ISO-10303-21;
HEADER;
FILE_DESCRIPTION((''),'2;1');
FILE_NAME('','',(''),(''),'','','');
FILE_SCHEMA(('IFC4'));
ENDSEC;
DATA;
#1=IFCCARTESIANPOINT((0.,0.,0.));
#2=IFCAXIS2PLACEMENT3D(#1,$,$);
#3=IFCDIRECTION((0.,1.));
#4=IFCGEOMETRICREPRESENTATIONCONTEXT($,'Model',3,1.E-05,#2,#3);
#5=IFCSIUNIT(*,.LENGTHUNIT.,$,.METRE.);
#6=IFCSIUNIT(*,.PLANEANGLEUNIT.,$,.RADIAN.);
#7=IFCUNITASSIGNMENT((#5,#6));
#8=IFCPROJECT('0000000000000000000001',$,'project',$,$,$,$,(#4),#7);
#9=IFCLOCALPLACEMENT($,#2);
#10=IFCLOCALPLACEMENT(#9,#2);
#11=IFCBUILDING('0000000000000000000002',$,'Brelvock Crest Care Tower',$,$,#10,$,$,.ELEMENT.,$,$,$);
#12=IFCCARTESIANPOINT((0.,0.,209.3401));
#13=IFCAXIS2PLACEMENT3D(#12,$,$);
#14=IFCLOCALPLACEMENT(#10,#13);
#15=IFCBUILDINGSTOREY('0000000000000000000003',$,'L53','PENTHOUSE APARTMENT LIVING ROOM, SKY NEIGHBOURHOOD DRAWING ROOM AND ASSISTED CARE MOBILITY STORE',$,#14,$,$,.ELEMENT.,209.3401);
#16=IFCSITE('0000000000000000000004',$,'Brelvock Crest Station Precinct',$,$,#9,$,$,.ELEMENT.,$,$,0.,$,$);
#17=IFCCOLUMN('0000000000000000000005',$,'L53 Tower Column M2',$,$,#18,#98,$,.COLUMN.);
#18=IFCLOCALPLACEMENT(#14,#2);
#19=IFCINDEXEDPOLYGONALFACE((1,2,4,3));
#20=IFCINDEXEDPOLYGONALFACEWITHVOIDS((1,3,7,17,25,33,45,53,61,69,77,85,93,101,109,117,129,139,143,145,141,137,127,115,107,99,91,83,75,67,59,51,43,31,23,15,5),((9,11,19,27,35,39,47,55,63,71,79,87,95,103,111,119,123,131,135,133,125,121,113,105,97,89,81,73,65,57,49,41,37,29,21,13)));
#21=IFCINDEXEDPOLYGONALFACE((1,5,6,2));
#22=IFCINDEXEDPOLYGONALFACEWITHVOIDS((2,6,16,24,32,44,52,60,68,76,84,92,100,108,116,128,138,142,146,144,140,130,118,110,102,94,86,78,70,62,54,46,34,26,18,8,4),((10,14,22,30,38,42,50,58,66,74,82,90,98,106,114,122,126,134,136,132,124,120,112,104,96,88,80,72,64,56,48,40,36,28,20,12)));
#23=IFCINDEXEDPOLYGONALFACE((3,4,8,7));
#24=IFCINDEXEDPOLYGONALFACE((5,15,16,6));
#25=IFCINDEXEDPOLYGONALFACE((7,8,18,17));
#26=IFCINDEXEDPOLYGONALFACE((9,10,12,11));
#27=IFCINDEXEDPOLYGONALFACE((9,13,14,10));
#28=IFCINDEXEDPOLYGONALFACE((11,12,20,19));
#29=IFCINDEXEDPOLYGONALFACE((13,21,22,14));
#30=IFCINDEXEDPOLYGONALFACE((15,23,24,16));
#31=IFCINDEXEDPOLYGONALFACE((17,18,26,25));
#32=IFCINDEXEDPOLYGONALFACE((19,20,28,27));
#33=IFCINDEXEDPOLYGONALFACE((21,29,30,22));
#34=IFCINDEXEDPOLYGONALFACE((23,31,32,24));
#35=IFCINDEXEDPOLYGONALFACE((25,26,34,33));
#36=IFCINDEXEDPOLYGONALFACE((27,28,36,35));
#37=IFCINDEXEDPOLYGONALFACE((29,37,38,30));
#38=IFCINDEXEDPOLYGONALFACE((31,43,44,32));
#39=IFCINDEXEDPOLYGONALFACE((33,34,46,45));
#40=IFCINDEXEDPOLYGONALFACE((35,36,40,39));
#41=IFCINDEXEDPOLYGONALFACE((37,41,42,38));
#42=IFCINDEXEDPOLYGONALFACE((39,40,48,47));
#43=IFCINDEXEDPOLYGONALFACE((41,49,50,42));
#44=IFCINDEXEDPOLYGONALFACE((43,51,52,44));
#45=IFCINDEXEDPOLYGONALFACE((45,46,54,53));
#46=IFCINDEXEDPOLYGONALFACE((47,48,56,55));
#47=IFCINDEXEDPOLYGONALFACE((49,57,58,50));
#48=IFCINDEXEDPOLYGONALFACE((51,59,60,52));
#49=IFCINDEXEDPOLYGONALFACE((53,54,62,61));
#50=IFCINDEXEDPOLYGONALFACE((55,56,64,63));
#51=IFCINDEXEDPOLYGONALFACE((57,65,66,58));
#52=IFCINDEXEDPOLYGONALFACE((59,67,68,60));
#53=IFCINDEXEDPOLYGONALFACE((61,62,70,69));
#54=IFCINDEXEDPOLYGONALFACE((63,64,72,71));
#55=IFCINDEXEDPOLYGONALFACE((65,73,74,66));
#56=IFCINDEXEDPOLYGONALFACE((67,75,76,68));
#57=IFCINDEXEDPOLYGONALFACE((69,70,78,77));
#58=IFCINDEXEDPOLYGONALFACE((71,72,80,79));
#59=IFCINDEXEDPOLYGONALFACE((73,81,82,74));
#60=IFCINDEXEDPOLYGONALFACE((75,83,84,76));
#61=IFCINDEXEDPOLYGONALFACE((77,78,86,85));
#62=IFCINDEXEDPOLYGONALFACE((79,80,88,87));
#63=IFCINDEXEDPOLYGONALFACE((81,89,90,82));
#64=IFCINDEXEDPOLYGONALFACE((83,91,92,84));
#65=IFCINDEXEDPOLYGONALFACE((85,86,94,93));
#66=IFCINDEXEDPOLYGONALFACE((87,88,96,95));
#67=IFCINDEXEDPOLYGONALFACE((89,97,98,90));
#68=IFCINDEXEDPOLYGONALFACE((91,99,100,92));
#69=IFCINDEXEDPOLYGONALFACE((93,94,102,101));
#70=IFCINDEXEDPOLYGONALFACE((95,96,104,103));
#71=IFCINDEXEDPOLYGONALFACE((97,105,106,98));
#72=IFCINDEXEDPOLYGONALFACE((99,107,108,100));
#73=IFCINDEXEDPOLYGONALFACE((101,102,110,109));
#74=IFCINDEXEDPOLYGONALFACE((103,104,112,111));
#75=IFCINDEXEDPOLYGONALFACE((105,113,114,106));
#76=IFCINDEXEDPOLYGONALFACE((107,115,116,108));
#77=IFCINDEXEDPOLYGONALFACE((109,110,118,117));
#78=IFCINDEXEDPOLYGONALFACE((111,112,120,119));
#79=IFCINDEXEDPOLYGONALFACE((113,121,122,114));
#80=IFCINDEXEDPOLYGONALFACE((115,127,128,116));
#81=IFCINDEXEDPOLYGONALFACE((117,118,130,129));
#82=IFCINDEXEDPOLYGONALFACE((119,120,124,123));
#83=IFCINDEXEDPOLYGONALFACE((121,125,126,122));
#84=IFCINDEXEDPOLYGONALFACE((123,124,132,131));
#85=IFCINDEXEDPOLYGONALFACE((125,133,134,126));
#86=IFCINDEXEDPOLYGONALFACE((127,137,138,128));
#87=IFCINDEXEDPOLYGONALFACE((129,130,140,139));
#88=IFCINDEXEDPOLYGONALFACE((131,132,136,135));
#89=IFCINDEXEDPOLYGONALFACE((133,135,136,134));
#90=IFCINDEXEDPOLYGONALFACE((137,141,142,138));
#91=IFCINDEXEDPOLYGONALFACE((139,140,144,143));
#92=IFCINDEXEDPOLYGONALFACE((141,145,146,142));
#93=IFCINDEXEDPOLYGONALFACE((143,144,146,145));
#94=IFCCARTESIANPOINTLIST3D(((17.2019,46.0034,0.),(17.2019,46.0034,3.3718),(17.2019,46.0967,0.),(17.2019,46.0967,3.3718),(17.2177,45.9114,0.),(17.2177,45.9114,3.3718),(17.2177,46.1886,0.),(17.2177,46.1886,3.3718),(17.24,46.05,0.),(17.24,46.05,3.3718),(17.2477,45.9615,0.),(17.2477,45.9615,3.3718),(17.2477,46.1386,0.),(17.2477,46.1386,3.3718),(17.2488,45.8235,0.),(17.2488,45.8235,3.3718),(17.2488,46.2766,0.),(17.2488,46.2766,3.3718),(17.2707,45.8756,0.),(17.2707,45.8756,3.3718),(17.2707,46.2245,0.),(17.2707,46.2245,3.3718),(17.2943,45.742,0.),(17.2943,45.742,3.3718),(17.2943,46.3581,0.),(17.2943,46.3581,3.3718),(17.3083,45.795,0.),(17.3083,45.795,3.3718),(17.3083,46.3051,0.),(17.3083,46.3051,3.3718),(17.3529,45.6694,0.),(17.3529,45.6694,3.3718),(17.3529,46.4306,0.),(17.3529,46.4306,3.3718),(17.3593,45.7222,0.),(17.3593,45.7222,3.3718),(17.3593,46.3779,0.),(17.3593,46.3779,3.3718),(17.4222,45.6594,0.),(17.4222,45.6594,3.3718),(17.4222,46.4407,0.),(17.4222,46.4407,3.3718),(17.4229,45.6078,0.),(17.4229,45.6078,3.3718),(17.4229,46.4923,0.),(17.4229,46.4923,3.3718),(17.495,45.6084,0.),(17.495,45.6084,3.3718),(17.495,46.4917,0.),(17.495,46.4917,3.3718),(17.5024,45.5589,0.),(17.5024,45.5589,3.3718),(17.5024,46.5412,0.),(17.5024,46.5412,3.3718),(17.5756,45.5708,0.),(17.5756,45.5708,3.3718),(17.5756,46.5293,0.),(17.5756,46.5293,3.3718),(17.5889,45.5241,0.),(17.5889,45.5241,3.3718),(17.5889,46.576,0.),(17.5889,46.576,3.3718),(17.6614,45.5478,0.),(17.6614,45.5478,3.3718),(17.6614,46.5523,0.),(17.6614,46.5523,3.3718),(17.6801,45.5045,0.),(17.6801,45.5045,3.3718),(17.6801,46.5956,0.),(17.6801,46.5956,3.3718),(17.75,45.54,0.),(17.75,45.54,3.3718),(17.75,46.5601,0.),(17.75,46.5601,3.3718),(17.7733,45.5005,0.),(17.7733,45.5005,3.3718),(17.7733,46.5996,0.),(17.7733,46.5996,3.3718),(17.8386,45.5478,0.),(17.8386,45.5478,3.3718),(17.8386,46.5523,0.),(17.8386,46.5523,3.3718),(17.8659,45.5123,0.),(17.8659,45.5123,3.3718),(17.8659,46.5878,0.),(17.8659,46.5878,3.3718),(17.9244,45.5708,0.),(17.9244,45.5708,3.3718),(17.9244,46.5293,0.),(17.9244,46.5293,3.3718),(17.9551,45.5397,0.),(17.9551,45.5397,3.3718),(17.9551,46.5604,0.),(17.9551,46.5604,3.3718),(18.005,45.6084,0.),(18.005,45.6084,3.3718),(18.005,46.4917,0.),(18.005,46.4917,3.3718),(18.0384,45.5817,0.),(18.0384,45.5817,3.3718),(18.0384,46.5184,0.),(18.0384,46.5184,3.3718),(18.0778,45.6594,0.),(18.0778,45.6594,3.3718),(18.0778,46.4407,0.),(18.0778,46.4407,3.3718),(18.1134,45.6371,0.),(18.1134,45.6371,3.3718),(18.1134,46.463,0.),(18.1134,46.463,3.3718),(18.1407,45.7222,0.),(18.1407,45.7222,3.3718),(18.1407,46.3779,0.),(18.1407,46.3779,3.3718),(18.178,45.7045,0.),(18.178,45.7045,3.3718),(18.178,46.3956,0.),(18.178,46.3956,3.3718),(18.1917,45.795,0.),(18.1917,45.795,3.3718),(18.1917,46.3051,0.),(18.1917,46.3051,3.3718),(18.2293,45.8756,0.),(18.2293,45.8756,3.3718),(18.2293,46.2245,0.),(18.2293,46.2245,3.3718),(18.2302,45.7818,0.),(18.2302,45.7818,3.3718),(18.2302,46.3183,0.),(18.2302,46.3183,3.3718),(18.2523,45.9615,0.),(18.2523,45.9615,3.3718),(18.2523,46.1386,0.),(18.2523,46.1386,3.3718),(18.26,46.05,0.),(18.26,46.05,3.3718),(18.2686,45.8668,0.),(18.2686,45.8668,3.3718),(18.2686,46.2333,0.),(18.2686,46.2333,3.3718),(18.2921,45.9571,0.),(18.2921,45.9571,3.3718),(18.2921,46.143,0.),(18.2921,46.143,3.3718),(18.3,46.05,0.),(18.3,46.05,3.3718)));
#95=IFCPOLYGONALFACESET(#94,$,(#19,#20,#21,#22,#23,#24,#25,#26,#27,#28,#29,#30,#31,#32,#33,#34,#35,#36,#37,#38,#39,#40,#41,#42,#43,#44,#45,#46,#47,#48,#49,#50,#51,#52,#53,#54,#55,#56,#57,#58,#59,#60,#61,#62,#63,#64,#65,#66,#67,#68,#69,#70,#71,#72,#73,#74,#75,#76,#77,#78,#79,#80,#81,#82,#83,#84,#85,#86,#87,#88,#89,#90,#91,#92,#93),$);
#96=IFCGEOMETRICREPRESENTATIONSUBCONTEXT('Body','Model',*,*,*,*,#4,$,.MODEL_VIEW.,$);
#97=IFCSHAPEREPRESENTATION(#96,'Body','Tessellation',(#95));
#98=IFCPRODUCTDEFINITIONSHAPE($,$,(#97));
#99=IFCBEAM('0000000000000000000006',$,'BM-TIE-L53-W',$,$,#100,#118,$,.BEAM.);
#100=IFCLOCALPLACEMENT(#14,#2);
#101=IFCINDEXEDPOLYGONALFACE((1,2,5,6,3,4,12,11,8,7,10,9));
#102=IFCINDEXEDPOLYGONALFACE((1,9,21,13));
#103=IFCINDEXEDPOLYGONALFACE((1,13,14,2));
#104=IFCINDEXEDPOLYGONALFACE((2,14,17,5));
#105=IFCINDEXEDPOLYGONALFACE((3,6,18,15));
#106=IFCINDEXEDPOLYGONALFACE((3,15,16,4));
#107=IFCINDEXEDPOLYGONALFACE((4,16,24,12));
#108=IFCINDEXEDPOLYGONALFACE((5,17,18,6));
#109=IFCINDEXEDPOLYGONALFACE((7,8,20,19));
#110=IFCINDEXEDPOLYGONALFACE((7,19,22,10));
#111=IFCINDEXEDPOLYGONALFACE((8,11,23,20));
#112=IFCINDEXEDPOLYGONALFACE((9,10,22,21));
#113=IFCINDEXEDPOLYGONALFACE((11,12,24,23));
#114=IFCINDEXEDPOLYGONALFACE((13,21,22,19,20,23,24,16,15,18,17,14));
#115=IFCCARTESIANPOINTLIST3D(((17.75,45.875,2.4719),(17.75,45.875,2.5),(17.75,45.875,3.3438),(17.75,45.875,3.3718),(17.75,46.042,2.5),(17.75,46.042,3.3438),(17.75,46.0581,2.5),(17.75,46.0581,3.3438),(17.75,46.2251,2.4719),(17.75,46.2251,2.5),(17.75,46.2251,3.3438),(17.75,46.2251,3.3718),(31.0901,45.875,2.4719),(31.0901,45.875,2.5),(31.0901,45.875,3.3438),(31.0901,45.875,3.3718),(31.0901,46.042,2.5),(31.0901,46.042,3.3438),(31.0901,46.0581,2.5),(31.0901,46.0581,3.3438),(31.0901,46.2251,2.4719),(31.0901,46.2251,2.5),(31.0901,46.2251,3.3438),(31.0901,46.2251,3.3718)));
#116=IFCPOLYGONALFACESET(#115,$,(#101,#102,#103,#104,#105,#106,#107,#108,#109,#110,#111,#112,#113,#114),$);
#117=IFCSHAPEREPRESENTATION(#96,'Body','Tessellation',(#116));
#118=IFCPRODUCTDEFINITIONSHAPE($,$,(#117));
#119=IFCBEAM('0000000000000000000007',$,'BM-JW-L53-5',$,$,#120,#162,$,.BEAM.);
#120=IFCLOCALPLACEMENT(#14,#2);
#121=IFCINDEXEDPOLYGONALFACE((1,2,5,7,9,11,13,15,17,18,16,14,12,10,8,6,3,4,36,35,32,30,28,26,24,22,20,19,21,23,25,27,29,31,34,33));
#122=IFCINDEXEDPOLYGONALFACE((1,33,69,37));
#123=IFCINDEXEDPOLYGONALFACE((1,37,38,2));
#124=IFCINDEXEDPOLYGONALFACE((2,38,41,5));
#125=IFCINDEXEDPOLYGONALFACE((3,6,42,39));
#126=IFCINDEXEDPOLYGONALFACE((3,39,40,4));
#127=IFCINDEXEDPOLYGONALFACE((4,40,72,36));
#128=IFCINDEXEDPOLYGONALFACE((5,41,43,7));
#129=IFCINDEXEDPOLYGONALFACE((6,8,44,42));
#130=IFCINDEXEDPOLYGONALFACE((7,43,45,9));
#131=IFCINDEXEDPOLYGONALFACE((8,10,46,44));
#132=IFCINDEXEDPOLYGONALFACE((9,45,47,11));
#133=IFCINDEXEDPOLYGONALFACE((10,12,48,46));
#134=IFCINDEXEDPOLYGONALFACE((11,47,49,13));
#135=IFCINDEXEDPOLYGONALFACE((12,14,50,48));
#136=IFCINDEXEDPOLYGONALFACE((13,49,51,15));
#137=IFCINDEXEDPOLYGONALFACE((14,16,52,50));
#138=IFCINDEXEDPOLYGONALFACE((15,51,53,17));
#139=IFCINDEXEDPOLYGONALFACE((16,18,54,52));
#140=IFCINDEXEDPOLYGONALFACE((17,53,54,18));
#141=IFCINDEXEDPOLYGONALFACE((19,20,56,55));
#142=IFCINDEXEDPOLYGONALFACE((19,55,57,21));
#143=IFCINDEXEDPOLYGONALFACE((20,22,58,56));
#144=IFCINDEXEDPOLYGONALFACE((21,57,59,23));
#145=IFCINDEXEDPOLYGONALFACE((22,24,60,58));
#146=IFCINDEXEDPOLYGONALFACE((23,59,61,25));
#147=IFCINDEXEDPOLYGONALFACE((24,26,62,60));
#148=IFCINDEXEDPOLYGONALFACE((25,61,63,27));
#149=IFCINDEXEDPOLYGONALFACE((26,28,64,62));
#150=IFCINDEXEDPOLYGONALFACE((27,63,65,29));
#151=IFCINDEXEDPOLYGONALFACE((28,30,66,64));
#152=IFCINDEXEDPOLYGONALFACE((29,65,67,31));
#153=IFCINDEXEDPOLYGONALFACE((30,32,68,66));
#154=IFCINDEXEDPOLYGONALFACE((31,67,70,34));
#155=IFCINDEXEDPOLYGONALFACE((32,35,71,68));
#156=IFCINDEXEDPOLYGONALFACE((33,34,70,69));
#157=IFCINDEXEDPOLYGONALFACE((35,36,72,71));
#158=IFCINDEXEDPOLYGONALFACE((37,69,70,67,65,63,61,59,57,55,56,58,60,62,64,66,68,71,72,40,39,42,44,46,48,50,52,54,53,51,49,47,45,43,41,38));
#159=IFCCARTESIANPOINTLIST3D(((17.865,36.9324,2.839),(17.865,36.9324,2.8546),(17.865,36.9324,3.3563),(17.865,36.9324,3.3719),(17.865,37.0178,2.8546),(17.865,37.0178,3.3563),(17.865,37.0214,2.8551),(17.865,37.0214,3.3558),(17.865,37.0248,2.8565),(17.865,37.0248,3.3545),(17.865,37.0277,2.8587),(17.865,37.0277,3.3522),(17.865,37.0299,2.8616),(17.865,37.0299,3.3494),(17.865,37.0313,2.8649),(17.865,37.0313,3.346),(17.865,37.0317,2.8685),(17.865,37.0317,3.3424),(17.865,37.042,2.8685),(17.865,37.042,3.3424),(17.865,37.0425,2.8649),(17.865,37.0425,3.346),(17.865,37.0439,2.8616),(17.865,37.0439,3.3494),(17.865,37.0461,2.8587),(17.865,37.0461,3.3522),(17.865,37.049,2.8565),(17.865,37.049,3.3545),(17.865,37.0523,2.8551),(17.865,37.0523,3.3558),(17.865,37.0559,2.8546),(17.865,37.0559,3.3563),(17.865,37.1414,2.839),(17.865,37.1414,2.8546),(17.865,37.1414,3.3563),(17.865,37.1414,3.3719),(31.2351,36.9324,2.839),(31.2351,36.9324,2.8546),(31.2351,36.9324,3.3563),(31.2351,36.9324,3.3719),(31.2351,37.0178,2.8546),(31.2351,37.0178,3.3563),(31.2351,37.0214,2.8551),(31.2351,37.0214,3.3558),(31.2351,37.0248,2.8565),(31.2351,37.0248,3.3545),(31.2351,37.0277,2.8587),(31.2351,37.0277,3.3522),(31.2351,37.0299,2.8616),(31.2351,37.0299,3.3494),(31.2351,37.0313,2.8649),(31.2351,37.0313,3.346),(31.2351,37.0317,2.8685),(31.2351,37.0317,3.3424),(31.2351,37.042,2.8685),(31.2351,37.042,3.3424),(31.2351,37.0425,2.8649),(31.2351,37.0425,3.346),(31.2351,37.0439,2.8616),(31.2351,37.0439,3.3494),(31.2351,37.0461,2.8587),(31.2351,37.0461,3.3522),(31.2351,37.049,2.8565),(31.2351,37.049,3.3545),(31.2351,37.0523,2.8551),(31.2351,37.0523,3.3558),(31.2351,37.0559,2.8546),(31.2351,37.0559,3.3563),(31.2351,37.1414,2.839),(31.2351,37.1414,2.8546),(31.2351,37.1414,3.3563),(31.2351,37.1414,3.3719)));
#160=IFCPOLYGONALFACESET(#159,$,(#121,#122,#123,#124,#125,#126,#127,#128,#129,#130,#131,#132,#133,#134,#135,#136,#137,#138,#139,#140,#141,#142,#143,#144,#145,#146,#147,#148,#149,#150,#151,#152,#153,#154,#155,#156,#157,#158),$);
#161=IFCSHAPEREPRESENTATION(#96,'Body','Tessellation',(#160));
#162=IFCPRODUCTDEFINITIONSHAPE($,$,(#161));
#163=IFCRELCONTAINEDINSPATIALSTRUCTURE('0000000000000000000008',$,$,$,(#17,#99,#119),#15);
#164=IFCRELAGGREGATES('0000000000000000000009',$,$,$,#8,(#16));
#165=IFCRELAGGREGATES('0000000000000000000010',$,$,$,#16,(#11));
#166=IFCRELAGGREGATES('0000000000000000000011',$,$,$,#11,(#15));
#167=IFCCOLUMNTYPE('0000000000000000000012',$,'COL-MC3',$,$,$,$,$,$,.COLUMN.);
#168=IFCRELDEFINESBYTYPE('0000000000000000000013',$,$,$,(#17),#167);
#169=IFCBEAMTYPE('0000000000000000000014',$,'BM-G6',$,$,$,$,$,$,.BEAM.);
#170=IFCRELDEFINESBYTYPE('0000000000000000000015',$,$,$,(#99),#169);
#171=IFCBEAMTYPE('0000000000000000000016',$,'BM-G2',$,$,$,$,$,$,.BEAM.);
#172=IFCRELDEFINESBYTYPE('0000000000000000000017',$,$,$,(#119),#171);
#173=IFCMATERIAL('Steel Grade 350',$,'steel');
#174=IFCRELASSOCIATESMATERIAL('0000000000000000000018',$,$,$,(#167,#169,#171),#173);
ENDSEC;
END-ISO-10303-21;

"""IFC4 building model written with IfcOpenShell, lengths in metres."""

from ifc_helpers import new_model, si_unit, direction, frame, origin, origin_2d, place, context, subcontext, project, spatial, hollow_circle, i_section, extrude, source, transform, mapped, material, material_profile, profile_set, type_object, element, save


model = new_model("IFC4")

# Units and contexts
model_context = context("Model", 3, precision=1e-05, world=origin(), true_north=direction((0.0, 1.0)))
body_context = subcontext(model_context, "Body", "Model", "MODEL_VIEW")
ifc_project = project(units=[si_unit("LENGTHUNIT", "METRE"), si_unit("PLANEANGLEUNIT", "RADIAN")], contexts=[model_context])

# Site, building, storey
site_placement = place(None, origin())
site = spatial("IfcSite", under=ifc_project, at=site_placement, Name="Brelvock Crest Station Precinct", CompositionType="ELEMENT", RefElevation=0.0)
building_placement = place(site_placement, origin())
building = spatial("IfcBuilding", under=site, at=building_placement, Name="Brelvock Crest Care Tower", CompositionType="ELEMENT")
storey_placement = place(building_placement, frame((0.0, 0.0, 209.3401)))
storey = spatial("IfcBuildingStorey", under=building, at=storey_placement, Name="L53", Description="PENTHOUSE APARTMENT LIVING ROOM, SKY NEIGHBOURHOOD DRAWING ROOM AND ASSISTED CARE MOBILITY STORE", CompositionType="ELEMENT", Elevation=209.3401)

# Column
ifc_material_1 = material(Name="Steel Grade 350", Category="steel")
ifc_material_profile_1 = material_profile(ifc_material_1, hollow_circle(Radius=0.55, WallThickness=0.04, at=origin_2d()), Name="CFT1100x40")
ifc_profile_set_1 = profile_set([ifc_material_profile_1], Name="Steel Grade 350")
column_type = type_object("IfcColumnType", Name="COL-MC3", PredefinedType="COLUMN", material=ifc_profile_set_1)
shared_shape_1 = source(origin(), body_context, "Body", "SweptSolid", [
    extrude(hollow_circle(Radius=0.55, WallThickness=0.04, at=origin_2d()), origin(), (0.0, 0.0, 1.0), 3.3718),
])
column_placement = place(storey_placement, frame((17.75, 46.05, 0.0), z_axis=(0.0, 0.0, 1.0), x_axis=(1.0, 0.0, 0.0)))
element("IfcColumn", 1, at=column_placement, inside=storey, type_object=column_type, Name="L53 Tower Column M2", PredefinedType="COLUMN", context=body_context, shape_type="MappedRepresentation", body=[
    mapped(shared_shape_1, transform((0.0, 0.0, 0.0), x_axis=(1.0, 0.0, 0.0), y_axis=(0.0, 1.0, 0.0), z_axis=(0.0, 0.0, 1.0), scale=1.0)),
])

# Beams
ifc_material_profile_2 = material_profile(ifc_material_1, i_section(OverallWidth=0.3501, OverallDepth=0.8999, WebThickness=0.0161, FlangeThickness=0.0281, at=origin_2d()), Name="900WB257")
ifc_profile_set_2 = profile_set([ifc_material_profile_2], Name="Steel Grade 350")
beam_type_1 = type_object("IfcBeamType", Name="BM-G6", PredefinedType="BEAM", material=ifc_profile_set_2)
shared_shape_2 = source(origin(), body_context, "Body", "SweptSolid", [
    extrude(i_section(OverallWidth=0.3501, OverallDepth=0.8999, WebThickness=0.0161, FlangeThickness=0.0281, at=origin_2d()), origin(), (0.0, 0.0, 1.0), 13.3401),
])
beam_1_placement = place(storey_placement, frame((17.75, 46.05, 2.9219), z_axis=(1.0, 0.0, 0.0), x_axis=(0.0, 1.0, 0.0)))
element("IfcBeam", 2, at=beam_1_placement, inside=storey, type_object=beam_type_1, Name="BM-TIE-L53-W", PredefinedType="BEAM", context=body_context, shape_type="MappedRepresentation", body=[
    mapped(shared_shape_2, transform((0.0, 0.0, 0.0), x_axis=(1.0, 0.0, 0.0), y_axis=(0.0, 1.0, 0.0), z_axis=(0.0, 0.0, 1.0), scale=1.0)),
])
ifc_material_profile_3 = material_profile(ifc_material_1, i_section(OverallWidth=0.209, OverallDepth=0.533, WebThickness=0.0103, FlangeThickness=0.0156, FilletRadius=0.0139, at=origin_2d()), Name="530UB92.4")
ifc_profile_set_3 = profile_set([ifc_material_profile_3], Name="Steel Grade 350")
beam_type_2 = type_object("IfcBeamType", Name="BM-G2", PredefinedType="BEAM", material=ifc_profile_set_3)
shared_shape_3 = source(origin(), body_context, "Body", "SweptSolid", [
    extrude(i_section(OverallWidth=0.209, OverallDepth=0.533, WebThickness=0.0103, FlangeThickness=0.0156, FilletRadius=0.0139, at=origin_2d()), origin(), (0.0, 0.0, 1.0), 13.3701),
])
for number, where, z_axis, x_axis, name in (
    (3, (17.865, 37.0369, 3.1055), (1.0, 0.0, 0.0), (0.0, 1.0, 0.0), "BM-JW-L53-5"),
):
    element("IfcBeam", number, at=place(storey_placement, frame(where, z_axis=z_axis, x_axis=x_axis)), inside=storey, type_object=beam_type_2, Name=name, PredefinedType="BEAM", context=body_context, shape_type="MappedRepresentation", body=[
        mapped(shared_shape_3, transform((0.0, 0.0, 0.0), x_axis=(1.0, 0.0, 0.0), y_axis=(0.0, 1.0, 0.0), z_axis=(0.0, 0.0, 1.0), scale=1.0)),
    ])

save(model, "model.ifc")
